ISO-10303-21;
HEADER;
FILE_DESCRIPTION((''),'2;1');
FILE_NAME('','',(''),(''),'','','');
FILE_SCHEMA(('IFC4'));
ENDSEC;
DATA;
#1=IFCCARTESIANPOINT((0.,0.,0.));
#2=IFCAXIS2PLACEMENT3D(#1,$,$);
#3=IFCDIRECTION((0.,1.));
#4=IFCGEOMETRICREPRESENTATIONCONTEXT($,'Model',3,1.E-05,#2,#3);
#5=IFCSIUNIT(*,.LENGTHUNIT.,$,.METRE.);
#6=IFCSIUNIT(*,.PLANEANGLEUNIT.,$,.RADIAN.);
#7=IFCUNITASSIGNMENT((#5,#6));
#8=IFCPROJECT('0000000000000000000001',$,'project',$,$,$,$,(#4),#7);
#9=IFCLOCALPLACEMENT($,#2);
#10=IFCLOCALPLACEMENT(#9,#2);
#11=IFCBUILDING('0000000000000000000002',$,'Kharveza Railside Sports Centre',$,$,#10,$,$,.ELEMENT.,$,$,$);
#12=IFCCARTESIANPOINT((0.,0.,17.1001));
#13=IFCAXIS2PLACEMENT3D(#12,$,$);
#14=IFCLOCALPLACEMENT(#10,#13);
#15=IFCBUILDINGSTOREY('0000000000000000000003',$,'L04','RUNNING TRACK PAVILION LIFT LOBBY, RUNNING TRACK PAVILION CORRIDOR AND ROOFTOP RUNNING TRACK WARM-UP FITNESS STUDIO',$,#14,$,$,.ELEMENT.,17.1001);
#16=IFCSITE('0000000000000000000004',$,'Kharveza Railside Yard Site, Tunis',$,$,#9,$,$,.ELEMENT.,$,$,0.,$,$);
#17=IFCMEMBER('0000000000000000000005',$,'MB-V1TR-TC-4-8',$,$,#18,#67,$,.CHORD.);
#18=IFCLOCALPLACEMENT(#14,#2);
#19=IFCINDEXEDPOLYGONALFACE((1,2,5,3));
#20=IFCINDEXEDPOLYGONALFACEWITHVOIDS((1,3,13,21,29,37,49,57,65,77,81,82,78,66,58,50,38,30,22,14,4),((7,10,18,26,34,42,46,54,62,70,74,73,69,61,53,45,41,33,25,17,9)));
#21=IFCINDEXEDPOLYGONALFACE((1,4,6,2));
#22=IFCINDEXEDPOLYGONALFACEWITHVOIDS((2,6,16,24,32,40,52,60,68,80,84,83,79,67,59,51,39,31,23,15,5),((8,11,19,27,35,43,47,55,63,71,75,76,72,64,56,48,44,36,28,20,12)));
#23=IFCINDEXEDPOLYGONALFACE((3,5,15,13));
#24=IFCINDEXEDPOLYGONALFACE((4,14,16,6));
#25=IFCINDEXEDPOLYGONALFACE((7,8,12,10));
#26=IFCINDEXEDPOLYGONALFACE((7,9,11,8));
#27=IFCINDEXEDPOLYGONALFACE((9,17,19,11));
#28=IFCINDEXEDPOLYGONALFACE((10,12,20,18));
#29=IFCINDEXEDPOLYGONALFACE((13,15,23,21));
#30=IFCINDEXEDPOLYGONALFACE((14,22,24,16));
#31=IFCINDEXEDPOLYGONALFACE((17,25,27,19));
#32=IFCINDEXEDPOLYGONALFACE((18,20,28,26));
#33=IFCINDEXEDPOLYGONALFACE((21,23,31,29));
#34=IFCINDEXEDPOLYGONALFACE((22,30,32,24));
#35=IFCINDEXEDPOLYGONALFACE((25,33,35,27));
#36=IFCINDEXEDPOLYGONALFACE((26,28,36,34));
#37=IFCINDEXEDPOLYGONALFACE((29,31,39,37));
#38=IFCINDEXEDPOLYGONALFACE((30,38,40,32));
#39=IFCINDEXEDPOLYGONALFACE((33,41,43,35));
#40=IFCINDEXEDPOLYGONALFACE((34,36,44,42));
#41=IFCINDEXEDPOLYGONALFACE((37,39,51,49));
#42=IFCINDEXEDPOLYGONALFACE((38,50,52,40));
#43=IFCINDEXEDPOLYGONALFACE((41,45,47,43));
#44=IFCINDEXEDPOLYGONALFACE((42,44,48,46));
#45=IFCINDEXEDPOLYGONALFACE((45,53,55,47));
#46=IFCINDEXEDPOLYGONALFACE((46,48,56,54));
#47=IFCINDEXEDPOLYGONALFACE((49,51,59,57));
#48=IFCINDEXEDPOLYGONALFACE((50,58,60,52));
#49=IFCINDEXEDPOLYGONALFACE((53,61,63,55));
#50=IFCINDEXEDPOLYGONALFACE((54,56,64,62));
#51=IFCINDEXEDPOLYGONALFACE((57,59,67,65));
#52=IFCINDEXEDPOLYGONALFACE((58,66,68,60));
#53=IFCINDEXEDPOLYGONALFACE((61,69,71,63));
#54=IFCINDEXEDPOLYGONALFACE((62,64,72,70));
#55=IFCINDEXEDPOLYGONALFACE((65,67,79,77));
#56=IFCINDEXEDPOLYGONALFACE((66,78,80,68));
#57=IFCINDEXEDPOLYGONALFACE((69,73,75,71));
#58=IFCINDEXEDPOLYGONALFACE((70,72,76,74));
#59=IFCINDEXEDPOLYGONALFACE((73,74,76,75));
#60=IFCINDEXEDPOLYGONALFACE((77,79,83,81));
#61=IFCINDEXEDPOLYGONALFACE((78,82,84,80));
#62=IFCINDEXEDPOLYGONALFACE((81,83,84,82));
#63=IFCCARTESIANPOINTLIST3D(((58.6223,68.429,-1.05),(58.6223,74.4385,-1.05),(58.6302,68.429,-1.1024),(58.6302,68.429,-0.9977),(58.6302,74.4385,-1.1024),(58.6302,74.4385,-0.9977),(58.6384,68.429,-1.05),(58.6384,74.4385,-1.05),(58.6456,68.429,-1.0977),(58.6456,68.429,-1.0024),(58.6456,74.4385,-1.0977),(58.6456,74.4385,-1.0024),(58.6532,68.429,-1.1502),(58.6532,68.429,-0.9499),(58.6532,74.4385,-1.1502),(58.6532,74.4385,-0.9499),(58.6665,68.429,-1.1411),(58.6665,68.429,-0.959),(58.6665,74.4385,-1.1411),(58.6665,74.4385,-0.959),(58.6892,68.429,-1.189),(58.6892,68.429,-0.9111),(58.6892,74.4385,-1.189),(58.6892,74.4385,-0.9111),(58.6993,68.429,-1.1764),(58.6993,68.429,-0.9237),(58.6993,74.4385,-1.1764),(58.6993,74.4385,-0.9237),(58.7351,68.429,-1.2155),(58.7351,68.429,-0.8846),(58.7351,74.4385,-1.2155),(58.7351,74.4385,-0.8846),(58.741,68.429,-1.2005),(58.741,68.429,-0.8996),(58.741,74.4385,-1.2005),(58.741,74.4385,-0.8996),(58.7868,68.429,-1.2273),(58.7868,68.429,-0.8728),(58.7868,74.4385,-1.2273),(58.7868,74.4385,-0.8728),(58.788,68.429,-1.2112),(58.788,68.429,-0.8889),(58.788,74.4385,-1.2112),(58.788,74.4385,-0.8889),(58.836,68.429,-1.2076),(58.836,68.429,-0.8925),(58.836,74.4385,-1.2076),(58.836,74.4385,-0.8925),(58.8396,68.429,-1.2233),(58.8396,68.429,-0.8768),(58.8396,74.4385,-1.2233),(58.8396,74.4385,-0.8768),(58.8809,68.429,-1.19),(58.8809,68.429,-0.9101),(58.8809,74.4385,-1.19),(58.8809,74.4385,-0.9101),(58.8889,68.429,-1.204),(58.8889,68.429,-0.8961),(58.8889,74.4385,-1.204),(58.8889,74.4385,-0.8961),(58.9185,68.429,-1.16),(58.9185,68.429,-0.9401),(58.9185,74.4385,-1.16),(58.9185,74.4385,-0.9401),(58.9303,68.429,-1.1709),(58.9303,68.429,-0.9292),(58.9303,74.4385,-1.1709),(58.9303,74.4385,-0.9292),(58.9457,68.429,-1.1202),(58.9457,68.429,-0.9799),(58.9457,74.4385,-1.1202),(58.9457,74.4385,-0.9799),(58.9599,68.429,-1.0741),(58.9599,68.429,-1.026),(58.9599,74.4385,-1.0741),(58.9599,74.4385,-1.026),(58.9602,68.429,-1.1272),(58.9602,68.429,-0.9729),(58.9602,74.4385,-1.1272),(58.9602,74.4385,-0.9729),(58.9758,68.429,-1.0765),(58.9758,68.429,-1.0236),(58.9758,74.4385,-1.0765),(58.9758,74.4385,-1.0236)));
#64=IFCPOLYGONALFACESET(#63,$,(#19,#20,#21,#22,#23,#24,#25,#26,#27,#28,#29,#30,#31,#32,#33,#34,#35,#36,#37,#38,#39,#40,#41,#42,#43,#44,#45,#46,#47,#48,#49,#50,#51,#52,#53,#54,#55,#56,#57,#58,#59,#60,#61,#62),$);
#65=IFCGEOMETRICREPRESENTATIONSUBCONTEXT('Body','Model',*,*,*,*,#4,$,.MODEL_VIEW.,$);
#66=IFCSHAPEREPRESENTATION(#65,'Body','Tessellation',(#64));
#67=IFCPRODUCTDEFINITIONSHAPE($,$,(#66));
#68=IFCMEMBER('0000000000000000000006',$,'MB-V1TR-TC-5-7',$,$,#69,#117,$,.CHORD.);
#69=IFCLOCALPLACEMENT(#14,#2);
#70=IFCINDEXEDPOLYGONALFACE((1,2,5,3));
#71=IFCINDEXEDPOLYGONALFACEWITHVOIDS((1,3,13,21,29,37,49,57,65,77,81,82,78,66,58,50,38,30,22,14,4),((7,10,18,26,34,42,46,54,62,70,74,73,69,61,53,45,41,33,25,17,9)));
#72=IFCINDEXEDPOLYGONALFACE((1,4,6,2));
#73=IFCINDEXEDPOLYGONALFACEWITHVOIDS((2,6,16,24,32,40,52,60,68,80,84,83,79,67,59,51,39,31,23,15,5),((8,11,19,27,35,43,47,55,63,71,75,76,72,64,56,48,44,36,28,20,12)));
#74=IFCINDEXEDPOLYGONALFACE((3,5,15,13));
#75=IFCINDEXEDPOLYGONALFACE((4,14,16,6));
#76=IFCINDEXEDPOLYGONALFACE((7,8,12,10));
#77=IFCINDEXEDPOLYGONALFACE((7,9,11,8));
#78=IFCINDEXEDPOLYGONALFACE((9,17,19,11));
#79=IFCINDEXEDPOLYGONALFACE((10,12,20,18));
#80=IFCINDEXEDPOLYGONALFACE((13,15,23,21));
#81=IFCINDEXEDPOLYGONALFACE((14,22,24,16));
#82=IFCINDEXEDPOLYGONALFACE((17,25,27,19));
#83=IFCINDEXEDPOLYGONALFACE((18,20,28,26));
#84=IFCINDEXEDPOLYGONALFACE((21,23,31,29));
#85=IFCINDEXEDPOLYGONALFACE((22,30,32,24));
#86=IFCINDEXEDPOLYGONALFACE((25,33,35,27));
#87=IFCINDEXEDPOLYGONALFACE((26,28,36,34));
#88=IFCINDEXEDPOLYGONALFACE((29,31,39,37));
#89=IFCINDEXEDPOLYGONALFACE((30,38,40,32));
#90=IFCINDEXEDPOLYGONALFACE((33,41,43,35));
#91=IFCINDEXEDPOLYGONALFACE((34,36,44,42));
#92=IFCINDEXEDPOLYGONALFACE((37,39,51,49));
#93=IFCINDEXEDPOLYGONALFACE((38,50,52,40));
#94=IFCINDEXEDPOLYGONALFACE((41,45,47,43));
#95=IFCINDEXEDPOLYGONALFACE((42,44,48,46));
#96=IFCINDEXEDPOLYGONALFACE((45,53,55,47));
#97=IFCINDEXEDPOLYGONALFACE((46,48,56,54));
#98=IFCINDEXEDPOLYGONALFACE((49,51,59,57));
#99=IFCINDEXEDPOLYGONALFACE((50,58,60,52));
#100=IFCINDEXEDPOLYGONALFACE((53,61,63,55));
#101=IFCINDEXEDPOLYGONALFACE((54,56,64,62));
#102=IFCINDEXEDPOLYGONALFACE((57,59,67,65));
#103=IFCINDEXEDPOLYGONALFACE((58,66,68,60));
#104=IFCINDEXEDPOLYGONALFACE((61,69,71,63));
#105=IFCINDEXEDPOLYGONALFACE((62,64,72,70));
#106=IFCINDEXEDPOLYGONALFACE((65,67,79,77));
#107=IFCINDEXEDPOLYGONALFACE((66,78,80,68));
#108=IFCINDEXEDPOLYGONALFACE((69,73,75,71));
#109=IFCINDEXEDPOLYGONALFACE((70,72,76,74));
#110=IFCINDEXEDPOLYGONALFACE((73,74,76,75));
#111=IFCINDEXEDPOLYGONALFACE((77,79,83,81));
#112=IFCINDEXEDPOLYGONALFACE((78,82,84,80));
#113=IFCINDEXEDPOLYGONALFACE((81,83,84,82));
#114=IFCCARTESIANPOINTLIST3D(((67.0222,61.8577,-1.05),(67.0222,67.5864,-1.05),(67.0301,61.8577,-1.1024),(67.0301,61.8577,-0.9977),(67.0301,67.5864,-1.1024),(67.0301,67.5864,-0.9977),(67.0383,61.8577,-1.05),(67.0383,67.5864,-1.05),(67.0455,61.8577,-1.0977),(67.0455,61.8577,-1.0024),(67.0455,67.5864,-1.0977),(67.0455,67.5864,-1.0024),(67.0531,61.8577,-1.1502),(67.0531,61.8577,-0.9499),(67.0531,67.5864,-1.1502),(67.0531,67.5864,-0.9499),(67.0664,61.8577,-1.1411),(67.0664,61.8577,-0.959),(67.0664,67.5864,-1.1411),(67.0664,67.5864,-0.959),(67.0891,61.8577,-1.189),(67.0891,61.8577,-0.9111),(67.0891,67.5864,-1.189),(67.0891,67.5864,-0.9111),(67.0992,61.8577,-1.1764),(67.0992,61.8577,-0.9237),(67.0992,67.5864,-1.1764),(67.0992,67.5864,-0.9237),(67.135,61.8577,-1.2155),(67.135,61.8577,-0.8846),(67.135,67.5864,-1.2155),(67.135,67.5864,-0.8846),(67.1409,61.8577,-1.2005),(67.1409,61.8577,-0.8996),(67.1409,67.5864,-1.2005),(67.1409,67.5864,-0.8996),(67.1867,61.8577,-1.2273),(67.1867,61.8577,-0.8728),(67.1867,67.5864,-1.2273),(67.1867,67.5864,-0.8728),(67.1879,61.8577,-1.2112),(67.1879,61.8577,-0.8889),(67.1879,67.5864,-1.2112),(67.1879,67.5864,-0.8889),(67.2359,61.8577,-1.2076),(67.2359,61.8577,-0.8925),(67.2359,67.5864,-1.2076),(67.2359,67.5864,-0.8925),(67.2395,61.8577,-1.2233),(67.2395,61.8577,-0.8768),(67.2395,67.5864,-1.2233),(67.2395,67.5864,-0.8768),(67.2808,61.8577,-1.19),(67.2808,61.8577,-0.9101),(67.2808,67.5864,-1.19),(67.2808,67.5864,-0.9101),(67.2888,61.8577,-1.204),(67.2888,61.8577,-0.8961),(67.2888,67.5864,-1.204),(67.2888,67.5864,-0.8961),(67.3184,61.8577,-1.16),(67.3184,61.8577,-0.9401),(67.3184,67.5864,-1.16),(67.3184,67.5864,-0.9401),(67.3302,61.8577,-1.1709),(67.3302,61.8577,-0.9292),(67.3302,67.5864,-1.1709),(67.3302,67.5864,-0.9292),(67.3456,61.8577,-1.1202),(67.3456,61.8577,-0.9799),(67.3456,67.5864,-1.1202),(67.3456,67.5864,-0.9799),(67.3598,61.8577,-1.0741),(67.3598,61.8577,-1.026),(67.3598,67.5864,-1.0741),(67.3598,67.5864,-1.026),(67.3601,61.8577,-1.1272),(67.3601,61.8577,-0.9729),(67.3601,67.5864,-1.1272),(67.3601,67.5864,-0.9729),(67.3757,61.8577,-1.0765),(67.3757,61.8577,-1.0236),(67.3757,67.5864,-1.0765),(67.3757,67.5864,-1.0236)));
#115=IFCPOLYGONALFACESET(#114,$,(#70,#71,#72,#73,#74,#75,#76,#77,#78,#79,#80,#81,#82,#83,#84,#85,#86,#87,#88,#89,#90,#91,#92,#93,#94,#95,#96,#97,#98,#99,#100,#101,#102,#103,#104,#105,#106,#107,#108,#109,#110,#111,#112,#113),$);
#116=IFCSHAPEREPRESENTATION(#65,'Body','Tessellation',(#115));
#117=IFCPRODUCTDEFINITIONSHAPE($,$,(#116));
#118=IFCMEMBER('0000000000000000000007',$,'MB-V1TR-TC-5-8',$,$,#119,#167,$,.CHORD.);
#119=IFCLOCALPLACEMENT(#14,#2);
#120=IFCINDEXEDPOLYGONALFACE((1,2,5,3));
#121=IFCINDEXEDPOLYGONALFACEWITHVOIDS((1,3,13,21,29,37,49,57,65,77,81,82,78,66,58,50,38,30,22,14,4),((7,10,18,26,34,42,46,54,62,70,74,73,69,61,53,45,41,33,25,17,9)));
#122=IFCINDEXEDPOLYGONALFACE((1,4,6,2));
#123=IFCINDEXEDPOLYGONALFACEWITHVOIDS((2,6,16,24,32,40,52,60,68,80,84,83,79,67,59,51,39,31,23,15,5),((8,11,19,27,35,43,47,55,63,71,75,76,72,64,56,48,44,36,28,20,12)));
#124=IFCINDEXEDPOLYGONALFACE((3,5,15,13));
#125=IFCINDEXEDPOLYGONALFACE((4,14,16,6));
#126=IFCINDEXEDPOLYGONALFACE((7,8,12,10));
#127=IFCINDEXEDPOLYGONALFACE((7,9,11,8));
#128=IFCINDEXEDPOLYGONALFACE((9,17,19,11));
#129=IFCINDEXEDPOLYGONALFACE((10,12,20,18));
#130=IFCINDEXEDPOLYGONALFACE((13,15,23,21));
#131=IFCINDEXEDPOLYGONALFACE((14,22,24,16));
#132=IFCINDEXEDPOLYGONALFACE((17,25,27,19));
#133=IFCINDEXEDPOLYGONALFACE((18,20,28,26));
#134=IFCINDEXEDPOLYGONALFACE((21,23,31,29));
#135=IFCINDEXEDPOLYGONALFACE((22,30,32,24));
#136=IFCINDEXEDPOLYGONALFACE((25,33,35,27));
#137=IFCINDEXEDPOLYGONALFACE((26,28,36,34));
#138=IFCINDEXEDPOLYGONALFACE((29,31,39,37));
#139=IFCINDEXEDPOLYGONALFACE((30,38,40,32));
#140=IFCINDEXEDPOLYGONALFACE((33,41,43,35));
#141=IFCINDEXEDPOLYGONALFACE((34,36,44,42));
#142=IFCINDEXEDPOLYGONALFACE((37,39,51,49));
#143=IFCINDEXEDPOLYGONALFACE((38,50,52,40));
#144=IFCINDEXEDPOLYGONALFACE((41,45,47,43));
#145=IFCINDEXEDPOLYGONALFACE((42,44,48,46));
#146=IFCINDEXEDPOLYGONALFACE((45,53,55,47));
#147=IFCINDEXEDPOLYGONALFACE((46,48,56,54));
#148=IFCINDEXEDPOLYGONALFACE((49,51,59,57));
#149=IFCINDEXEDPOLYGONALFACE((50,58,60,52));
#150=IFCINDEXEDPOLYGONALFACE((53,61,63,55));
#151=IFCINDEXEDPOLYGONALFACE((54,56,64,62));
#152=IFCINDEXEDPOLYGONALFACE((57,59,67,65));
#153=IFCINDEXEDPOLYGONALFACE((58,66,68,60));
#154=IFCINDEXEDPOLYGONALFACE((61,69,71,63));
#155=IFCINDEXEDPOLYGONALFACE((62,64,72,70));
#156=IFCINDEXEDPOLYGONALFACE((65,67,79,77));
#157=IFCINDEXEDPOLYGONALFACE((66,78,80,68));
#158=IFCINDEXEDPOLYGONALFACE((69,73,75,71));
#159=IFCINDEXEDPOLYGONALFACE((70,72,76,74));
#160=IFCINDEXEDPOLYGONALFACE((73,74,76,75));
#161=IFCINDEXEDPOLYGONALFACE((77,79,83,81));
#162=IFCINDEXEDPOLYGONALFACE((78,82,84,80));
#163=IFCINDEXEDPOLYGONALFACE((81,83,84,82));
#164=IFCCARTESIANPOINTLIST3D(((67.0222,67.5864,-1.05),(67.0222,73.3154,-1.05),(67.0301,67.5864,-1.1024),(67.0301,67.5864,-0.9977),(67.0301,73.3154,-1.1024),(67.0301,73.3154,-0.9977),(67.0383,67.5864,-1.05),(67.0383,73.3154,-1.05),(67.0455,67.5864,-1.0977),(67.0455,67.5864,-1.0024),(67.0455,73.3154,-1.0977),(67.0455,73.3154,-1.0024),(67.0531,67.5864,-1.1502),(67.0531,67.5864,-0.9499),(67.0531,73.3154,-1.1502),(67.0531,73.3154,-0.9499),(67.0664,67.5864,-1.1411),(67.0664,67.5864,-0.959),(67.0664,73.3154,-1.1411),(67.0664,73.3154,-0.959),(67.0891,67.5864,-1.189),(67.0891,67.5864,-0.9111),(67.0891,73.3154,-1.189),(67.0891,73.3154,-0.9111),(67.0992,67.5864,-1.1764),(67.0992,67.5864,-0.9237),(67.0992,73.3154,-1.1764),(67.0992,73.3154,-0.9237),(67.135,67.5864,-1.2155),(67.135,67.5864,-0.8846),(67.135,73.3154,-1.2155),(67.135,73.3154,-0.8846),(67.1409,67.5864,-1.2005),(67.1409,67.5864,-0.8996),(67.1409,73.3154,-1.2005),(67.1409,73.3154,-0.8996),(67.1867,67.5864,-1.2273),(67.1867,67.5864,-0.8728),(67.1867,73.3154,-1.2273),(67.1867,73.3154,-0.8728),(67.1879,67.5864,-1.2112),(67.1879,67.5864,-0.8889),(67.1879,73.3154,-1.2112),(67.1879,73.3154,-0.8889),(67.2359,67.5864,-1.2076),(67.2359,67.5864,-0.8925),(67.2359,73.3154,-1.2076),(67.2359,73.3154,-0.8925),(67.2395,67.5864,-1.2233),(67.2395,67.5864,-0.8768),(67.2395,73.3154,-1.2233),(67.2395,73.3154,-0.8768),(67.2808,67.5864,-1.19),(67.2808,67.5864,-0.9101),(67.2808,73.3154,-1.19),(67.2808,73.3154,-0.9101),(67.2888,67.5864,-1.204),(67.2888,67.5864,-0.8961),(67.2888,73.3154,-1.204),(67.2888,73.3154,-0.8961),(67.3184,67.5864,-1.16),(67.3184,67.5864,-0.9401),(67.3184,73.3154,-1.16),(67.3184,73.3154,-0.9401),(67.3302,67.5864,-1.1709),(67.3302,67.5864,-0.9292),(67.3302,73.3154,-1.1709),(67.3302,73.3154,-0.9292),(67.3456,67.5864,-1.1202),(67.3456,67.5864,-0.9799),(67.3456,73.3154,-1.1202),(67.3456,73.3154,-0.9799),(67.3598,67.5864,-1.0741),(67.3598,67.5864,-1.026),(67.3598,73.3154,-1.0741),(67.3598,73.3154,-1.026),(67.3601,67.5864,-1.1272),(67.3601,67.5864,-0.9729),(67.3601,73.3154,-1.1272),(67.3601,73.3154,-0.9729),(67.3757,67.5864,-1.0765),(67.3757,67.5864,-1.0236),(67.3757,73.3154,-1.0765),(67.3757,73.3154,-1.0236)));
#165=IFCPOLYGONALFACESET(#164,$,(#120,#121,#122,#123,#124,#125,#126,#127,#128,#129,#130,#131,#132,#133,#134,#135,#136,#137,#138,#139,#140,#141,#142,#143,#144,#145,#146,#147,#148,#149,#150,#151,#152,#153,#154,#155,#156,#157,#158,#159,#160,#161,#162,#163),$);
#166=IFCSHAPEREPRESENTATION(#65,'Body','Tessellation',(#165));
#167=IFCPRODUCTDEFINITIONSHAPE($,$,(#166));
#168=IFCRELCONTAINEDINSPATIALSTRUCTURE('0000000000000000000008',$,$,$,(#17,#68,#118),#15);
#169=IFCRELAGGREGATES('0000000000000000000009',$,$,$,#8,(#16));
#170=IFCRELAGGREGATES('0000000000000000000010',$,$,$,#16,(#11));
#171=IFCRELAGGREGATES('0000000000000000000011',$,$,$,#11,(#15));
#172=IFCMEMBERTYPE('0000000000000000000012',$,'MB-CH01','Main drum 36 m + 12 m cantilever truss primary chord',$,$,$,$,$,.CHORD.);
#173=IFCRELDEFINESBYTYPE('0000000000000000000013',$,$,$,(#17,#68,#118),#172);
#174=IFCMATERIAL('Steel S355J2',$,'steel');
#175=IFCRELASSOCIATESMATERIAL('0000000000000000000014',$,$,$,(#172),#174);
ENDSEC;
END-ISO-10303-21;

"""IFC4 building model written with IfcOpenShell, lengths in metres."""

from ifc_helpers import new_model, si_unit, direction, frame, origin, origin_2d, place, context, subcontext, project, spatial, hollow_circle, extrude, material, material_profile, profile_set, type_object, element, save


model = new_model("IFC4")

# Units and contexts
model_context = context("Model", 3, precision=1e-05, world=origin(), true_north=direction((0.0, 1.0)))
body_context = subcontext(model_context, "Body", "Model", "MODEL_VIEW")
ifc_project = project(units=[si_unit("LENGTHUNIT", "METRE"), si_unit("PLANEANGLEUNIT", "RADIAN")], contexts=[model_context])

# Site, building, storey
site_placement = place(None, origin())
site = spatial("IfcSite", under=ifc_project, at=site_placement, Name="Kharveza Railside Yard Site, Tunis", CompositionType="ELEMENT", RefElevation=0.0)
building_placement = place(site_placement, origin())
building = spatial("IfcBuilding", under=site, at=building_placement, Name="Kharveza Railside Sports Centre", CompositionType="ELEMENT")
storey_placement = place(building_placement, frame((0.0, 0.0, 17.1001)))
storey = spatial("IfcBuildingStorey", under=building, at=storey_placement, Name="L04", Description="RUNNING TRACK PAVILION LIFT LOBBY, RUNNING TRACK PAVILION CORRIDOR AND ROOFTOP RUNNING TRACK WARM-UP FITNESS STUDIO", CompositionType="ELEMENT", Elevation=17.1001)

# Members
ifc_material_1 = material(Name="Steel S355J2", Category="steel")
ifc_material_profile_1 = material_profile(ifc_material_1, hollow_circle(Radius=0.1777, WallThickness=0.0161, at=origin_2d()), Name="CHS 355.6x16.0")
ifc_profile_set_1 = profile_set([ifc_material_profile_1], Name="Steel S355J2")
member_type_1 = type_object("IfcMemberType", Name="MB-CH01", Description="Main drum 36 m + 12 m cantilever truss primary chord", PredefinedType="CHORD", material=ifc_profile_set_1)
member_1_placement = place(storey_placement, frame((58.8, 68.429, -1.05), z_axis=(0.0, 1.0, 0.0), x_axis=(-1.0, 0.0, 0.0)))
element("IfcMember", 1, at=member_1_placement, inside=storey, type_object=member_type_1, Name="MB-V1TR-TC-4-8", PredefinedType="CHORD", context=body_context, shape_type="SweptSolid", body=[
    extrude(hollow_circle(Radius=0.1777, WallThickness=0.0161, at=origin_2d()), origin(), (0.0, 0.0, 1.0), 6.0095),
])
member_2_placement = place(storey_placement, frame((67.2, 61.8577, -1.05), z_axis=(0.0, 1.0, 0.0), x_axis=(-1.0, 0.0, 0.0)))
element("IfcMember", 2, at=member_2_placement, inside=storey, type_object=member_type_1, Name="MB-V1TR-TC-5-7", PredefinedType="CHORD", context=body_context, shape_type="SweptSolid", body=[
    extrude(hollow_circle(Radius=0.1777, WallThickness=0.0161, at=origin_2d()), origin(), (0.0, 0.0, 1.0), 5.7288),
])
member_3_placement = place(storey_placement, frame((67.2, 67.5864, -1.05), z_axis=(0.0, 1.0, 0.0), x_axis=(-1.0, 0.0, 0.0)))
element("IfcMember", 3, at=member_3_placement, inside=storey, type_object=member_type_1, Name="MB-V1TR-TC-5-8", PredefinedType="CHORD", context=body_context, shape_type="SweptSolid", body=[
    extrude(hollow_circle(Radius=0.1777, WallThickness=0.0161, at=origin_2d()), origin(), (0.0, 0.0, 1.0), 5.729),
])

save(model, "model.ifc")
